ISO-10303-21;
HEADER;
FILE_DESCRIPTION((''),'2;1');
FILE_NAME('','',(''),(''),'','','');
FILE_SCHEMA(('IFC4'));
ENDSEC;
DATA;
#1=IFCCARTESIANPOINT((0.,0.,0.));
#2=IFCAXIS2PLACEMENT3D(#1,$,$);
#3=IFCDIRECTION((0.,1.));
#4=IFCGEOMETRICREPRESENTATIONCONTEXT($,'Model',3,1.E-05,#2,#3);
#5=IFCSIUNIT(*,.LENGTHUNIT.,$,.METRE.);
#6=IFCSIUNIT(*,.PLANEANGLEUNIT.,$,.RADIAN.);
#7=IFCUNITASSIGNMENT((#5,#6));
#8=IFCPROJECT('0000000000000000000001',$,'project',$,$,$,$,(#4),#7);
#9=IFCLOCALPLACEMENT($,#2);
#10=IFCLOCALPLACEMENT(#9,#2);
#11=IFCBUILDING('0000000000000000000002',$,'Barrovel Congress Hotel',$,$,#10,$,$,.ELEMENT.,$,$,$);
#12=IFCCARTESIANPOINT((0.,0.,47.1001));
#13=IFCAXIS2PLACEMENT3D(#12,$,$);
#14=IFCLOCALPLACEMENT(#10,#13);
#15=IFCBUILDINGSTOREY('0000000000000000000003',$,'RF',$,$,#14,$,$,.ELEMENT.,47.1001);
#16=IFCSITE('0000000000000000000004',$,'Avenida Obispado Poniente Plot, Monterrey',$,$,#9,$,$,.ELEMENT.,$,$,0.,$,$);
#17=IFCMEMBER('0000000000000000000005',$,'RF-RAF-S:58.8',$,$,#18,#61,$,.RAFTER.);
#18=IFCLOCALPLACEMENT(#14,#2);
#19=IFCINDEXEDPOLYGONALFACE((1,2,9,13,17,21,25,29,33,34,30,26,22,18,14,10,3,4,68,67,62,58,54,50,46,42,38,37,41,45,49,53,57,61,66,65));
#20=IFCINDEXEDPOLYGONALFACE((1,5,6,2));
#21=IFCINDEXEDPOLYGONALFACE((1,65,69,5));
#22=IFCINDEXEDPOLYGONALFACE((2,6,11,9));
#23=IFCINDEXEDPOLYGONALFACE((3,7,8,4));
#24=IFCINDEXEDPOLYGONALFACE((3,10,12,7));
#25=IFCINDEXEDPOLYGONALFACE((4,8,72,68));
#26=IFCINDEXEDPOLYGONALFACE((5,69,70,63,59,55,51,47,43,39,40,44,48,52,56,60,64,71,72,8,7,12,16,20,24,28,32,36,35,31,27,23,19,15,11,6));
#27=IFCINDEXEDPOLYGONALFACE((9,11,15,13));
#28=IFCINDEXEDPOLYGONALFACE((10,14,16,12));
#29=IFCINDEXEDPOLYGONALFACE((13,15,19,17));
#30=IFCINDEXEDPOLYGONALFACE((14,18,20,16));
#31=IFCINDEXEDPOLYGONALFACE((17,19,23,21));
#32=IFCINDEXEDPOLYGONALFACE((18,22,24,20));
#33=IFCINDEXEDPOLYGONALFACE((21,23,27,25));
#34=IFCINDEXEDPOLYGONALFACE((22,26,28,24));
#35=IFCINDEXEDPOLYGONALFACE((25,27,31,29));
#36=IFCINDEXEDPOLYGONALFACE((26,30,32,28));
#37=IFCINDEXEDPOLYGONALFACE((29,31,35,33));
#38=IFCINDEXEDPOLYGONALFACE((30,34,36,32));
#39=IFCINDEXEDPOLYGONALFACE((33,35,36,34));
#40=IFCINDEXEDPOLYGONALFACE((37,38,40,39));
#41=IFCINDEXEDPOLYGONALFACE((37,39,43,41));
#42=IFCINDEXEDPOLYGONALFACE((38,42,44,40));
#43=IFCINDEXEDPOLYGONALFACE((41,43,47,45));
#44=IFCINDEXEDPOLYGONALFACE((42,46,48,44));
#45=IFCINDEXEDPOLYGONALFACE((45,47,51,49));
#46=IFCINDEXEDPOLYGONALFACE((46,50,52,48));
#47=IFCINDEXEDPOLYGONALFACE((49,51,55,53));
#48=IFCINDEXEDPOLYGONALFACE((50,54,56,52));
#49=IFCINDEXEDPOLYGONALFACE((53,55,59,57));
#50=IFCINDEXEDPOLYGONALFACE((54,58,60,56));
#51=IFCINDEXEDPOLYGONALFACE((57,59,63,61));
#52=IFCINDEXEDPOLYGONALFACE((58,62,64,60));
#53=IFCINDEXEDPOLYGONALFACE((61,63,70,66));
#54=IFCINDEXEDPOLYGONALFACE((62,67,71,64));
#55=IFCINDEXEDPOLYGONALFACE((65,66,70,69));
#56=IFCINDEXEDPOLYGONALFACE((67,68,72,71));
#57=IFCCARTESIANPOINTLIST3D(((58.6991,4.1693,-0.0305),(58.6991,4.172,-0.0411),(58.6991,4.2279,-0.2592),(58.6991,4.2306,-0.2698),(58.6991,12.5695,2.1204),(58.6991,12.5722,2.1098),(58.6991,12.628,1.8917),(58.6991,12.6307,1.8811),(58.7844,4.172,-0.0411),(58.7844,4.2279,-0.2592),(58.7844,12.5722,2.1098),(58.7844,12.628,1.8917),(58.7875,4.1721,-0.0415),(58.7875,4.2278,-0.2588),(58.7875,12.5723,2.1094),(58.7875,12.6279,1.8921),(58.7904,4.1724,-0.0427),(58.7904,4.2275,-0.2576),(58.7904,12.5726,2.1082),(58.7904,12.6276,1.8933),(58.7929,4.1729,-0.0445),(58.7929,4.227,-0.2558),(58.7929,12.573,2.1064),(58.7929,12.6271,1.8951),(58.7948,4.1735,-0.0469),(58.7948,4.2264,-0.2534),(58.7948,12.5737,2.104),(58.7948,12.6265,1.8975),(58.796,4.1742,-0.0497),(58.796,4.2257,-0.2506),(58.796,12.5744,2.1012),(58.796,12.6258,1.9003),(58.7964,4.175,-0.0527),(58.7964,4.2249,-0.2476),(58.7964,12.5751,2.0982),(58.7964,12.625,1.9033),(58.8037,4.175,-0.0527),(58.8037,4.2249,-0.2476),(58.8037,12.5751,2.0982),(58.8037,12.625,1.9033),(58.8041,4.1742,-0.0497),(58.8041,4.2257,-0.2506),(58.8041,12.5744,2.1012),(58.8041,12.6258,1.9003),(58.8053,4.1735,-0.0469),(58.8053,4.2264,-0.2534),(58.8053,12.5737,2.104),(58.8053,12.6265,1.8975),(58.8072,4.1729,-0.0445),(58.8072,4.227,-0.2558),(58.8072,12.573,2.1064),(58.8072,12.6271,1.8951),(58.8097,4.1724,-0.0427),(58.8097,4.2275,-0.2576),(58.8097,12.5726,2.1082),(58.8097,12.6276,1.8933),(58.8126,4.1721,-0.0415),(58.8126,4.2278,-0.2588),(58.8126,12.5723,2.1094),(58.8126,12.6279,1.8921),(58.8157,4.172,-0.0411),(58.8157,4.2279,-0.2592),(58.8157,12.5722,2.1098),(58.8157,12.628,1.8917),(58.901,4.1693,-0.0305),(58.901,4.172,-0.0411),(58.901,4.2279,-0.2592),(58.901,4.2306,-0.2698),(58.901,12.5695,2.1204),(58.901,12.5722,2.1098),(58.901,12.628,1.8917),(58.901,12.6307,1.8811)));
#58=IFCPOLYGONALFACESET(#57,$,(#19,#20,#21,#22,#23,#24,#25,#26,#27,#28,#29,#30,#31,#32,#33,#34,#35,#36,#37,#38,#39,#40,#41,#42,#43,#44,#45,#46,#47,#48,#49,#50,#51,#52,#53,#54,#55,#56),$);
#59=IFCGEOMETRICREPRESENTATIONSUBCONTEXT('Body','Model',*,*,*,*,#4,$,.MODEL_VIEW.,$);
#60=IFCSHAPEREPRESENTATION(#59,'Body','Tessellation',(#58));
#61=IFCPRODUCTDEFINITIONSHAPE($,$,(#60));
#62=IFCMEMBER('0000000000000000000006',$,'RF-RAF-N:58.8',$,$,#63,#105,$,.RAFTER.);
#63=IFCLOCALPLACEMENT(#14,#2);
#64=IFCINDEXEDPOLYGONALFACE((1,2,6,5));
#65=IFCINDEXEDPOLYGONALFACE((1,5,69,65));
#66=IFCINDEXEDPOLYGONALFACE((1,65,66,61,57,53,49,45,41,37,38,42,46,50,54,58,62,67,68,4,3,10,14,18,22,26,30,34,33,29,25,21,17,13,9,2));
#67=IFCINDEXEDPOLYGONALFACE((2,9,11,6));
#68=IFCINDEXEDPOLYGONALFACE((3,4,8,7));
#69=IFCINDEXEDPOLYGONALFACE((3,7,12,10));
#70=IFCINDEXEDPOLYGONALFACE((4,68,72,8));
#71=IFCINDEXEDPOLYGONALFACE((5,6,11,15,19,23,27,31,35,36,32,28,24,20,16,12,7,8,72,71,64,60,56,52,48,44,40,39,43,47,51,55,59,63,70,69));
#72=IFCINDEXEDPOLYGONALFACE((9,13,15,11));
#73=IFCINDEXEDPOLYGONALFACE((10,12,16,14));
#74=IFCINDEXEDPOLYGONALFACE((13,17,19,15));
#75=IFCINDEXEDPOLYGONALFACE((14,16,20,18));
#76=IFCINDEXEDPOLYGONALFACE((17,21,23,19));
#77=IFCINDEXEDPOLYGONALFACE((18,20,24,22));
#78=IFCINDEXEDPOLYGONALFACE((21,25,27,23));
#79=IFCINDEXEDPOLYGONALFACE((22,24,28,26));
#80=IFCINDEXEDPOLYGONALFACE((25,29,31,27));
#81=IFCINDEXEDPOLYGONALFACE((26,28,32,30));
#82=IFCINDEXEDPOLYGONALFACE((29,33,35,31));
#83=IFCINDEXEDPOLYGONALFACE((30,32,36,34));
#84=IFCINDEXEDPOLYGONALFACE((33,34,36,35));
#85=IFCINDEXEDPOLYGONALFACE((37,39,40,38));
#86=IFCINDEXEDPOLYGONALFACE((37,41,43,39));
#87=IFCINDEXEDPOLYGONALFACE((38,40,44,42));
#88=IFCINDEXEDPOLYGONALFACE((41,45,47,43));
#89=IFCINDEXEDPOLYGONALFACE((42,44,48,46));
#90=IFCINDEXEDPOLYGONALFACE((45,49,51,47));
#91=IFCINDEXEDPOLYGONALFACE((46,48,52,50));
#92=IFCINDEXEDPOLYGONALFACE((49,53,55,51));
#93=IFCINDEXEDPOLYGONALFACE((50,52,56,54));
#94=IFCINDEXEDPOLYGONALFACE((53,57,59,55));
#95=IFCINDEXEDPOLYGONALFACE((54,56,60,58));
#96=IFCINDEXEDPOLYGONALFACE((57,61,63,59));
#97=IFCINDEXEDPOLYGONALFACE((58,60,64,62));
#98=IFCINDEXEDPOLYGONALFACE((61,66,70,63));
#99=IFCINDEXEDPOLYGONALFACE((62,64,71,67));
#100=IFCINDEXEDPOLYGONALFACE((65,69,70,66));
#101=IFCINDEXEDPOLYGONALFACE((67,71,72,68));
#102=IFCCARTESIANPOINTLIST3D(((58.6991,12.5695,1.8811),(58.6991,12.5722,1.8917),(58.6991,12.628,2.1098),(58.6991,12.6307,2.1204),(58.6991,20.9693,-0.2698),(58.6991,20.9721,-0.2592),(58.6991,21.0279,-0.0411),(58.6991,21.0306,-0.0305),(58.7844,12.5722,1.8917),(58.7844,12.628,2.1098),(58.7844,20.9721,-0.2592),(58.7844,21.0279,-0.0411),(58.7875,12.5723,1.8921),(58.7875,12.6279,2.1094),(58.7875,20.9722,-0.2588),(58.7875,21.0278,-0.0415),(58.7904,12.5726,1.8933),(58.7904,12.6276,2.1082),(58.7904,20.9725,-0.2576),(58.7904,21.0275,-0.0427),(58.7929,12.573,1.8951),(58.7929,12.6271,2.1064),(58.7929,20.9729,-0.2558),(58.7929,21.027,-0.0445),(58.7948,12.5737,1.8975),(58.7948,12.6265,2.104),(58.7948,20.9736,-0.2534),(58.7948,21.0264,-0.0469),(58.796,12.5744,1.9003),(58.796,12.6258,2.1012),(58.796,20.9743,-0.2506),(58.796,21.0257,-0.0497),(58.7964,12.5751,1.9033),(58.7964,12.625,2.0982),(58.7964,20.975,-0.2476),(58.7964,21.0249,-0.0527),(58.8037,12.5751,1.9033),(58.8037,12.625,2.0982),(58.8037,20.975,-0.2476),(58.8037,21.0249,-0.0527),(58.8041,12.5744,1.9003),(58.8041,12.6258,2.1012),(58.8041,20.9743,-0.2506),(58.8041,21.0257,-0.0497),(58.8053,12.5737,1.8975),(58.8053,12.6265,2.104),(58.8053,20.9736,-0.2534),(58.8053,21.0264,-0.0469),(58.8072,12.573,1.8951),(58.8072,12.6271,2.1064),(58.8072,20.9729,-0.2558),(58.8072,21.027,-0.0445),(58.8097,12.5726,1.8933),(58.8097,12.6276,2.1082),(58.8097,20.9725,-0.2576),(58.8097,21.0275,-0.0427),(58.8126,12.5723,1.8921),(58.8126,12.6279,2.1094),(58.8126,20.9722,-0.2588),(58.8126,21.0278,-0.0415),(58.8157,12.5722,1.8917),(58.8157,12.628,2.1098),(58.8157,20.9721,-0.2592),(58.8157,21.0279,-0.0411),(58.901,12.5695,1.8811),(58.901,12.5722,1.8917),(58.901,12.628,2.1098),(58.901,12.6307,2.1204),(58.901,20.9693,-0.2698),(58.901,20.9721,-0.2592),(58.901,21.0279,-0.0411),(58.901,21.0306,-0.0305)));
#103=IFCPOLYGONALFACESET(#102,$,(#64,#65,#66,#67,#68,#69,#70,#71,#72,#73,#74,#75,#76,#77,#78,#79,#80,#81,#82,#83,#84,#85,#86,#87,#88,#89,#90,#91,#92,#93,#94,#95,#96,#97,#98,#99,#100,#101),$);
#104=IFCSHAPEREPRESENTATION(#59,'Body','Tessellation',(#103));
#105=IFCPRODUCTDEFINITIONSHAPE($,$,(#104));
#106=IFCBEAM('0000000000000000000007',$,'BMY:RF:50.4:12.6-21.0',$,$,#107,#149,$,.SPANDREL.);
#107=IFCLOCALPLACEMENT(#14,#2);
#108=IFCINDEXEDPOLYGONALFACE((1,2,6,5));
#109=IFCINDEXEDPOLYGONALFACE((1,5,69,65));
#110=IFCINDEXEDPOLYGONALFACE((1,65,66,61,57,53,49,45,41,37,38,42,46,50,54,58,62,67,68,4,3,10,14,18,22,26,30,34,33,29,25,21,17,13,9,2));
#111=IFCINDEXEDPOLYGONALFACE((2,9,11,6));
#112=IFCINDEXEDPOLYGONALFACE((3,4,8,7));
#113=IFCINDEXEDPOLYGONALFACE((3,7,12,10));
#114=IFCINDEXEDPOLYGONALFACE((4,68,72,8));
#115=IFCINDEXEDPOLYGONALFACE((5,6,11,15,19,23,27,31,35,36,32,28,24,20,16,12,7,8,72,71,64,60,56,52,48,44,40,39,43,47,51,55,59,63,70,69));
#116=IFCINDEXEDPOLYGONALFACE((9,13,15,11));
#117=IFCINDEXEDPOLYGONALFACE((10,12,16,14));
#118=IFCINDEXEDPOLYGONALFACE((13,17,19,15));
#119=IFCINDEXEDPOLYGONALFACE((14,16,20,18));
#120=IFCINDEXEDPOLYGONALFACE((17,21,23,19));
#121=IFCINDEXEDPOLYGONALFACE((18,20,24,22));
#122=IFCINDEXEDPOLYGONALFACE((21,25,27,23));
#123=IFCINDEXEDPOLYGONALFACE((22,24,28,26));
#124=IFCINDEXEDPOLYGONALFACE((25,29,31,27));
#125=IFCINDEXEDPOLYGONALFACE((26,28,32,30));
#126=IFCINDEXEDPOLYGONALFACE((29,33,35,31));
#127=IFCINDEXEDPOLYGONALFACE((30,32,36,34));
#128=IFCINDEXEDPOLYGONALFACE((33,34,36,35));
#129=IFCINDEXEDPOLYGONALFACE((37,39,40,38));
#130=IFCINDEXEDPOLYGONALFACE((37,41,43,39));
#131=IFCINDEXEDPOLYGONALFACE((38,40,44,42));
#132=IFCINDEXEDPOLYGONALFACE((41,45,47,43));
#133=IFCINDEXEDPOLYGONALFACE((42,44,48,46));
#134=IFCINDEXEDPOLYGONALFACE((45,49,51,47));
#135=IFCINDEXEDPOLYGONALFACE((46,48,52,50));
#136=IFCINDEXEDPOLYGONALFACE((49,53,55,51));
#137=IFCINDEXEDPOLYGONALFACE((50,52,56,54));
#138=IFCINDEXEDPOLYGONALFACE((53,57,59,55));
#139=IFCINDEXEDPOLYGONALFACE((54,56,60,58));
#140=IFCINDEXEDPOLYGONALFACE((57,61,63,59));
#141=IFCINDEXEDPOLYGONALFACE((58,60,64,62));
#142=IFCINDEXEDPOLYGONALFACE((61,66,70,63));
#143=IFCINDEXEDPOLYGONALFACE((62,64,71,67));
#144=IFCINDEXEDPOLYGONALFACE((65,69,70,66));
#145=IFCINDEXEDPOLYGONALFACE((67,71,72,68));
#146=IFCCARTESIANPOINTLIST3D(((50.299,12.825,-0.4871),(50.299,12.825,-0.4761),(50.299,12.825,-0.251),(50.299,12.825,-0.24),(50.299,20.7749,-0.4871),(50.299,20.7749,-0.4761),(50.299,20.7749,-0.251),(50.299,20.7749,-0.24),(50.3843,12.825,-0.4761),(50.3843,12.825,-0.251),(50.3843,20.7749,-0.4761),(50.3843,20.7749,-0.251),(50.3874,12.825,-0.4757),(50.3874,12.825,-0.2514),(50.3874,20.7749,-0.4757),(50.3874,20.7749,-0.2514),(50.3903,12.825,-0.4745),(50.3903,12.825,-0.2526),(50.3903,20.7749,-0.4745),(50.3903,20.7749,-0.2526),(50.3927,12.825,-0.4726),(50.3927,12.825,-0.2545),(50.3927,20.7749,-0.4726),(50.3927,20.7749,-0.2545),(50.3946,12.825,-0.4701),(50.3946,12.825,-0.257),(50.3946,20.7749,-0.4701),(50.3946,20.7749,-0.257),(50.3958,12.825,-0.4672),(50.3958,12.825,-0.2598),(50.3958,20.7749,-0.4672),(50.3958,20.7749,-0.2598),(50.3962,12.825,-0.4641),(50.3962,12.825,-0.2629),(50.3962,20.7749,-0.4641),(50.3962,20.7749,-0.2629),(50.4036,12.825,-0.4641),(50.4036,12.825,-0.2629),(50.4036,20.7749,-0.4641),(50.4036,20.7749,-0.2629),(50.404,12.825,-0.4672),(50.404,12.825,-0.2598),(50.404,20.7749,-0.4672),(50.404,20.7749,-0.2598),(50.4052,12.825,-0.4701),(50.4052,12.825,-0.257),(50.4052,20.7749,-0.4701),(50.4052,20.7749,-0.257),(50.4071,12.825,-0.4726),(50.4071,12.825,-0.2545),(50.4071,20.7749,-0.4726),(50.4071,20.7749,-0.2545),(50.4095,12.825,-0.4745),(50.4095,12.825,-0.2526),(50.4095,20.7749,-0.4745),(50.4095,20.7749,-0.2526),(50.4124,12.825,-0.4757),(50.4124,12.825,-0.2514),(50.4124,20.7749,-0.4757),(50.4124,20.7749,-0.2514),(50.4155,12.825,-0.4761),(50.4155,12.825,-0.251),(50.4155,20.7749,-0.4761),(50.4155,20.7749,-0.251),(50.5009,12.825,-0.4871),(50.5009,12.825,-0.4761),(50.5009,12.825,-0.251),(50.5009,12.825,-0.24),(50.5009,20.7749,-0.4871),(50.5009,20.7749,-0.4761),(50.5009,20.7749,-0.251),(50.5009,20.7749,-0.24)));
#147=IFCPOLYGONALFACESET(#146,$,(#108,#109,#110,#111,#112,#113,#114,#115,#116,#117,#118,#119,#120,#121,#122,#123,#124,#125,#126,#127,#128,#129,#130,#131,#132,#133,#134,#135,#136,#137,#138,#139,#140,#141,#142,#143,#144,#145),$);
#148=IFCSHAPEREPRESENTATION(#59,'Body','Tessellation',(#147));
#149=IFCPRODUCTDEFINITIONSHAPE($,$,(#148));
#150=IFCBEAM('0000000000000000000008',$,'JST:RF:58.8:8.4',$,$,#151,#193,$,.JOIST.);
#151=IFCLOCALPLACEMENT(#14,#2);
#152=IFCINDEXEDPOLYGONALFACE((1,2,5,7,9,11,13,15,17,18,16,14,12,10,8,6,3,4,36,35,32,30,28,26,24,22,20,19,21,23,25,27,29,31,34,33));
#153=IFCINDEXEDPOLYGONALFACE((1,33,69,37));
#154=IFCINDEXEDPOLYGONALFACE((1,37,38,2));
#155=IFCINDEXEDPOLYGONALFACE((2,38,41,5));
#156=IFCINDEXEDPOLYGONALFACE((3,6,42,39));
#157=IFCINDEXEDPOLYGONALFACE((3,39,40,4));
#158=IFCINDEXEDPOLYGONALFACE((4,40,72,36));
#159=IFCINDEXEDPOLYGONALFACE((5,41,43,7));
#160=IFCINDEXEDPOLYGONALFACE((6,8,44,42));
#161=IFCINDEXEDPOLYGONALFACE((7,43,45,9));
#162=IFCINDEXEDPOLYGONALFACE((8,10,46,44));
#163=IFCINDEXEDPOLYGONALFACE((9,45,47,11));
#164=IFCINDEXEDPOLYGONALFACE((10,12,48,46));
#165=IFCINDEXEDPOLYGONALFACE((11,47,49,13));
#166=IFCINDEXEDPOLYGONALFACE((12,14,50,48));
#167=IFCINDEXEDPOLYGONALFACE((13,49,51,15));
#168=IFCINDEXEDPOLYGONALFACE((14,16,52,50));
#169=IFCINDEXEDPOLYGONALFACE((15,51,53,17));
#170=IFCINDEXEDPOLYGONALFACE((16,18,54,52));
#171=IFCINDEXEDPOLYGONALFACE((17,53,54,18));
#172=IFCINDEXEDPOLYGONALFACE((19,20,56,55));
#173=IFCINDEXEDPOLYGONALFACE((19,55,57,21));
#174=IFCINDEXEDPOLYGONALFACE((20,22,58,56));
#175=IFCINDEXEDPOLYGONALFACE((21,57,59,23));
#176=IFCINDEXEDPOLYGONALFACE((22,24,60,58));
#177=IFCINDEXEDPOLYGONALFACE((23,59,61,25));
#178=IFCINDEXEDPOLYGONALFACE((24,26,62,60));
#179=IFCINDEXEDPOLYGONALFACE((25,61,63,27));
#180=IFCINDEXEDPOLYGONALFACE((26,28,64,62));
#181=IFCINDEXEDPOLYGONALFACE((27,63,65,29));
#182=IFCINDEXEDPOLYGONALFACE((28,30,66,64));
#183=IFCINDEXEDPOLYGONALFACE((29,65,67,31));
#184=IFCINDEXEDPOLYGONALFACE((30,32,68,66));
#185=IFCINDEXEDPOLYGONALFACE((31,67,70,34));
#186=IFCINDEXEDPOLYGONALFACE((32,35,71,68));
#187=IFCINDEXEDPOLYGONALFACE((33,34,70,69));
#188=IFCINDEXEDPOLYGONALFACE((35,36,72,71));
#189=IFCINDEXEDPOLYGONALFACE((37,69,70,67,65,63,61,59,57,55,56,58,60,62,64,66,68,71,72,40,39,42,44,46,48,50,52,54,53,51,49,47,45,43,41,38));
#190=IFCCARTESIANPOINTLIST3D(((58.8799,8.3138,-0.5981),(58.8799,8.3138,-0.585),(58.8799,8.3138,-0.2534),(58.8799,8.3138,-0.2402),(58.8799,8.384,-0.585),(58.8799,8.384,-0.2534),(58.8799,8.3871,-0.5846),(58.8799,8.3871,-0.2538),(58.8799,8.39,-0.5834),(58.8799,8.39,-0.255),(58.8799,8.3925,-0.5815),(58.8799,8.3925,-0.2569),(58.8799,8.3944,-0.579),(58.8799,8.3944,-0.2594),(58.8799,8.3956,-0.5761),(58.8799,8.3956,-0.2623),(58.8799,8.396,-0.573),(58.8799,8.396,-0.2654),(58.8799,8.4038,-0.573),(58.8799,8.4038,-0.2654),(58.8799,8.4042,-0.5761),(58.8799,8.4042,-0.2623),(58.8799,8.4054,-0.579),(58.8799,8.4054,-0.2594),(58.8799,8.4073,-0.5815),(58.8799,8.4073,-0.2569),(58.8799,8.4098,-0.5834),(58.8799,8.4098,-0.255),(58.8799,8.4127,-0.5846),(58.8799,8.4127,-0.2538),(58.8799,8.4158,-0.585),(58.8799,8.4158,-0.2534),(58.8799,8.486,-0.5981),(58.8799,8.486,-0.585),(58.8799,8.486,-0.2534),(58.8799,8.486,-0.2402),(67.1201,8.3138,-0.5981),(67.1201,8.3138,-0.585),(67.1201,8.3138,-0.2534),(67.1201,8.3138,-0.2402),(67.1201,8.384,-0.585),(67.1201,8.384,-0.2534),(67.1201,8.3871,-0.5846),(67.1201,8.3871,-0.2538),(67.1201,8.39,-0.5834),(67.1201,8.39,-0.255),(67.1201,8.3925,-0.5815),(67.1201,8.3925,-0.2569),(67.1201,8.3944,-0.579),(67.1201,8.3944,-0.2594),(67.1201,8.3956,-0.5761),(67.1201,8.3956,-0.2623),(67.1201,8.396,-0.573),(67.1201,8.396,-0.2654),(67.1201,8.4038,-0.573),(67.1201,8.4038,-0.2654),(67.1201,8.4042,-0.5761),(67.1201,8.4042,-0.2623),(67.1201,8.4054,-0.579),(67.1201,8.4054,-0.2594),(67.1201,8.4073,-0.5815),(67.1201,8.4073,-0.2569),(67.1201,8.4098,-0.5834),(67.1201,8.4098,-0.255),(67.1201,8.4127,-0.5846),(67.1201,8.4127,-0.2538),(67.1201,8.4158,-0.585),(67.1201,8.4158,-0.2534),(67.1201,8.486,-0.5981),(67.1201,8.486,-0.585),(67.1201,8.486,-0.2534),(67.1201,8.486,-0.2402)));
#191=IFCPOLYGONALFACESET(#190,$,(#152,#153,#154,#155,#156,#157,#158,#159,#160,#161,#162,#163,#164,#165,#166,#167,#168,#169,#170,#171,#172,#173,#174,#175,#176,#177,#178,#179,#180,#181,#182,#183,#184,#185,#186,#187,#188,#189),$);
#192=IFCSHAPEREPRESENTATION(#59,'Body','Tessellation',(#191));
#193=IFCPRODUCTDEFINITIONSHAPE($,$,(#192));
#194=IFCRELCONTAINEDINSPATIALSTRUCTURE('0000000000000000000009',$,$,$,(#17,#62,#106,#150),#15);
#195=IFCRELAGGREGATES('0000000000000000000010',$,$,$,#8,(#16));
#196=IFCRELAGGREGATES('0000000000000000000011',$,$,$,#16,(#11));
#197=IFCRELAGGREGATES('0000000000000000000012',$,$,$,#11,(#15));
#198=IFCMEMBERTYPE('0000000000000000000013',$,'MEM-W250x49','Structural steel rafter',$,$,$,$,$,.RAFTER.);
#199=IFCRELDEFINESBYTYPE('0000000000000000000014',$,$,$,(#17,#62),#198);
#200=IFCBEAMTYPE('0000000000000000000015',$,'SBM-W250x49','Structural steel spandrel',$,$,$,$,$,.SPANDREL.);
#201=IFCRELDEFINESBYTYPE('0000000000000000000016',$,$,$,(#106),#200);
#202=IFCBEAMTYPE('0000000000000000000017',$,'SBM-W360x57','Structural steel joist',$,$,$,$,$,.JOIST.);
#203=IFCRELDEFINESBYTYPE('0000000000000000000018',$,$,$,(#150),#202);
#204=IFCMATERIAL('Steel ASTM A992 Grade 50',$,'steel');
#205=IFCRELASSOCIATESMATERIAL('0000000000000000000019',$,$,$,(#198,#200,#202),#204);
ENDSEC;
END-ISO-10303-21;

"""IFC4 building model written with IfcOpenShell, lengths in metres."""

from ifc_helpers import new_model, si_unit, direction, frame, origin, origin_2d, place, context, subcontext, project, spatial, i_section, extrude, material, material_profile, profile_set, type_object, element, save


model = new_model("IFC4")

# Units and contexts
model_context = context("Model", 3, precision=1e-05, world=origin(), true_north=direction((0.0, 1.0)))
body_context = subcontext(model_context, "Body", "Model", "MODEL_VIEW")
ifc_project = project(units=[si_unit("LENGTHUNIT", "METRE"), si_unit("PLANEANGLEUNIT", "RADIAN")], contexts=[model_context])

# Site, building, storey
site_placement = place(None, origin())
site = spatial("IfcSite", under=ifc_project, at=site_placement, Name="Avenida Obispado Poniente Plot, Monterrey", CompositionType="ELEMENT", RefElevation=0.0)
building_placement = place(site_placement, origin())
building = spatial("IfcBuilding", under=site, at=building_placement, Name="Barrovel Congress Hotel", CompositionType="ELEMENT")
storey_placement = place(building_placement, frame((0.0, 0.0, 47.1001)))
storey = spatial("IfcBuildingStorey", under=building, at=storey_placement, Name="RF", CompositionType="ELEMENT", Elevation=47.1001)

# Members
ifc_material_1 = material(Name="Steel ASTM A992 Grade 50", Category="steel")
ifc_material_profile_1 = material_profile(ifc_material_1, i_section(OverallWidth=0.2019, OverallDepth=0.2471, WebThickness=0.0073, FlangeThickness=0.011, FilletRadius=0.012, at=origin_2d()), Name="W250x49")
ifc_profile_set_1 = profile_set([ifc_material_profile_1], Name="Steel ASTM A992 Grade 50")
member_type_1 = type_object("IfcMemberType", Name="MEM-W250x49", Description="Structural steel rafter", PredefinedType="RAFTER", material=ifc_profile_set_1)
member_1_placement = place(storey_placement, frame((58.8, 4.2, -0.1501), z_axis=(0.0, 0.968747, 0.24805), x_axis=(-1.0, 0.0, 0.0)))
element("IfcMember", 1, at=member_1_placement, inside=storey, type_object=member_type_1, Name="RF-RAF-S:58.8", PredefinedType="RAFTER", context=body_context, shape_type="SweptSolid", body=[
    extrude(i_section(OverallWidth=0.2019, OverallDepth=0.2471, WebThickness=0.0073, FlangeThickness=0.011, FilletRadius=0.012, at=origin_2d()), origin(), (0.0, 0.0, 1.0), 8.6711),
])
member_2_placement = place(storey_placement, frame((58.8, 12.6001, 2.0007), z_axis=(0.0, 0.968745, -0.248057), x_axis=(-1.0, 0.0, 0.0)))
element("IfcMember", 2, at=member_2_placement, inside=storey, type_object=member_type_1, Name="RF-RAF-N:58.8", PredefinedType="RAFTER", context=body_context, shape_type="SweptSolid", body=[
    extrude(i_section(OverallWidth=0.2019, OverallDepth=0.2471, WebThickness=0.0073, FlangeThickness=0.011, FilletRadius=0.012, at=origin_2d()), origin(), (0.0, 0.0, 1.0), 8.6709),
])

# Beams
ifc_material_profile_2 = material_profile(ifc_material_1, i_section(OverallWidth=0.2019, OverallDepth=0.2471, WebThickness=0.0073, FlangeThickness=0.011, FilletRadius=0.012, at=origin_2d()), Name="W250x49")
ifc_profile_set_2 = profile_set([ifc_material_profile_2], Name="Steel ASTM A992 Grade 50")
beam_type_1 = type_object("IfcBeamType", Name="SBM-W250x49", Description="Structural steel spandrel", PredefinedType="SPANDREL", material=ifc_profile_set_2)
beam_1_placement = place(storey_placement, frame((50.3999, 12.825, -0.3635), z_axis=(0.0, 1.0, 0.0), x_axis=(-1.0, 0.0, 0.0)))
element("IfcBeam", 3, at=beam_1_placement, inside=storey, type_object=beam_type_1, Name="BMY:RF:50.4:12.6-21.0", PredefinedType="SPANDREL", context=body_context, shape_type="SweptSolid", body=[
    extrude(i_section(OverallWidth=0.2019, OverallDepth=0.2471, WebThickness=0.0073, FlangeThickness=0.011, FilletRadius=0.012, at=origin_2d()), origin(), (0.0, 0.0, 1.0), 7.95),
])
ifc_material_profile_3 = material_profile(ifc_material_1, i_section(OverallWidth=0.1721, OverallDepth=0.3579, WebThickness=0.0078, FlangeThickness=0.0132, FilletRadius=0.012, at=origin_2d()), Name="W360x57")
ifc_profile_set_3 = profile_set([ifc_material_profile_3], Name="Steel ASTM A992 Grade 50")
beam_type_2 = type_object("IfcBeamType", Name="SBM-W360x57", Description="Structural steel joist", PredefinedType="JOIST", material=ifc_profile_set_3)
beam_2_placement = place(storey_placement, frame((58.8799, 8.3999, -0.4192), z_axis=(1.0, 0.0, 0.0), x_axis=(0.0, 1.0, 0.0)))
element("IfcBeam", 4, at=beam_2_placement, inside=storey, type_object=beam_type_2, Name="JST:RF:58.8:8.4", PredefinedType="JOIST", context=body_context, shape_type="SweptSolid", body=[
    extrude(i_section(OverallWidth=0.1721, OverallDepth=0.3579, WebThickness=0.0078, FlangeThickness=0.0132, FilletRadius=0.012, at=origin_2d()), origin(), (0.0, 0.0, 1.0), 8.2402),
])

save(model, "model.ifc")
